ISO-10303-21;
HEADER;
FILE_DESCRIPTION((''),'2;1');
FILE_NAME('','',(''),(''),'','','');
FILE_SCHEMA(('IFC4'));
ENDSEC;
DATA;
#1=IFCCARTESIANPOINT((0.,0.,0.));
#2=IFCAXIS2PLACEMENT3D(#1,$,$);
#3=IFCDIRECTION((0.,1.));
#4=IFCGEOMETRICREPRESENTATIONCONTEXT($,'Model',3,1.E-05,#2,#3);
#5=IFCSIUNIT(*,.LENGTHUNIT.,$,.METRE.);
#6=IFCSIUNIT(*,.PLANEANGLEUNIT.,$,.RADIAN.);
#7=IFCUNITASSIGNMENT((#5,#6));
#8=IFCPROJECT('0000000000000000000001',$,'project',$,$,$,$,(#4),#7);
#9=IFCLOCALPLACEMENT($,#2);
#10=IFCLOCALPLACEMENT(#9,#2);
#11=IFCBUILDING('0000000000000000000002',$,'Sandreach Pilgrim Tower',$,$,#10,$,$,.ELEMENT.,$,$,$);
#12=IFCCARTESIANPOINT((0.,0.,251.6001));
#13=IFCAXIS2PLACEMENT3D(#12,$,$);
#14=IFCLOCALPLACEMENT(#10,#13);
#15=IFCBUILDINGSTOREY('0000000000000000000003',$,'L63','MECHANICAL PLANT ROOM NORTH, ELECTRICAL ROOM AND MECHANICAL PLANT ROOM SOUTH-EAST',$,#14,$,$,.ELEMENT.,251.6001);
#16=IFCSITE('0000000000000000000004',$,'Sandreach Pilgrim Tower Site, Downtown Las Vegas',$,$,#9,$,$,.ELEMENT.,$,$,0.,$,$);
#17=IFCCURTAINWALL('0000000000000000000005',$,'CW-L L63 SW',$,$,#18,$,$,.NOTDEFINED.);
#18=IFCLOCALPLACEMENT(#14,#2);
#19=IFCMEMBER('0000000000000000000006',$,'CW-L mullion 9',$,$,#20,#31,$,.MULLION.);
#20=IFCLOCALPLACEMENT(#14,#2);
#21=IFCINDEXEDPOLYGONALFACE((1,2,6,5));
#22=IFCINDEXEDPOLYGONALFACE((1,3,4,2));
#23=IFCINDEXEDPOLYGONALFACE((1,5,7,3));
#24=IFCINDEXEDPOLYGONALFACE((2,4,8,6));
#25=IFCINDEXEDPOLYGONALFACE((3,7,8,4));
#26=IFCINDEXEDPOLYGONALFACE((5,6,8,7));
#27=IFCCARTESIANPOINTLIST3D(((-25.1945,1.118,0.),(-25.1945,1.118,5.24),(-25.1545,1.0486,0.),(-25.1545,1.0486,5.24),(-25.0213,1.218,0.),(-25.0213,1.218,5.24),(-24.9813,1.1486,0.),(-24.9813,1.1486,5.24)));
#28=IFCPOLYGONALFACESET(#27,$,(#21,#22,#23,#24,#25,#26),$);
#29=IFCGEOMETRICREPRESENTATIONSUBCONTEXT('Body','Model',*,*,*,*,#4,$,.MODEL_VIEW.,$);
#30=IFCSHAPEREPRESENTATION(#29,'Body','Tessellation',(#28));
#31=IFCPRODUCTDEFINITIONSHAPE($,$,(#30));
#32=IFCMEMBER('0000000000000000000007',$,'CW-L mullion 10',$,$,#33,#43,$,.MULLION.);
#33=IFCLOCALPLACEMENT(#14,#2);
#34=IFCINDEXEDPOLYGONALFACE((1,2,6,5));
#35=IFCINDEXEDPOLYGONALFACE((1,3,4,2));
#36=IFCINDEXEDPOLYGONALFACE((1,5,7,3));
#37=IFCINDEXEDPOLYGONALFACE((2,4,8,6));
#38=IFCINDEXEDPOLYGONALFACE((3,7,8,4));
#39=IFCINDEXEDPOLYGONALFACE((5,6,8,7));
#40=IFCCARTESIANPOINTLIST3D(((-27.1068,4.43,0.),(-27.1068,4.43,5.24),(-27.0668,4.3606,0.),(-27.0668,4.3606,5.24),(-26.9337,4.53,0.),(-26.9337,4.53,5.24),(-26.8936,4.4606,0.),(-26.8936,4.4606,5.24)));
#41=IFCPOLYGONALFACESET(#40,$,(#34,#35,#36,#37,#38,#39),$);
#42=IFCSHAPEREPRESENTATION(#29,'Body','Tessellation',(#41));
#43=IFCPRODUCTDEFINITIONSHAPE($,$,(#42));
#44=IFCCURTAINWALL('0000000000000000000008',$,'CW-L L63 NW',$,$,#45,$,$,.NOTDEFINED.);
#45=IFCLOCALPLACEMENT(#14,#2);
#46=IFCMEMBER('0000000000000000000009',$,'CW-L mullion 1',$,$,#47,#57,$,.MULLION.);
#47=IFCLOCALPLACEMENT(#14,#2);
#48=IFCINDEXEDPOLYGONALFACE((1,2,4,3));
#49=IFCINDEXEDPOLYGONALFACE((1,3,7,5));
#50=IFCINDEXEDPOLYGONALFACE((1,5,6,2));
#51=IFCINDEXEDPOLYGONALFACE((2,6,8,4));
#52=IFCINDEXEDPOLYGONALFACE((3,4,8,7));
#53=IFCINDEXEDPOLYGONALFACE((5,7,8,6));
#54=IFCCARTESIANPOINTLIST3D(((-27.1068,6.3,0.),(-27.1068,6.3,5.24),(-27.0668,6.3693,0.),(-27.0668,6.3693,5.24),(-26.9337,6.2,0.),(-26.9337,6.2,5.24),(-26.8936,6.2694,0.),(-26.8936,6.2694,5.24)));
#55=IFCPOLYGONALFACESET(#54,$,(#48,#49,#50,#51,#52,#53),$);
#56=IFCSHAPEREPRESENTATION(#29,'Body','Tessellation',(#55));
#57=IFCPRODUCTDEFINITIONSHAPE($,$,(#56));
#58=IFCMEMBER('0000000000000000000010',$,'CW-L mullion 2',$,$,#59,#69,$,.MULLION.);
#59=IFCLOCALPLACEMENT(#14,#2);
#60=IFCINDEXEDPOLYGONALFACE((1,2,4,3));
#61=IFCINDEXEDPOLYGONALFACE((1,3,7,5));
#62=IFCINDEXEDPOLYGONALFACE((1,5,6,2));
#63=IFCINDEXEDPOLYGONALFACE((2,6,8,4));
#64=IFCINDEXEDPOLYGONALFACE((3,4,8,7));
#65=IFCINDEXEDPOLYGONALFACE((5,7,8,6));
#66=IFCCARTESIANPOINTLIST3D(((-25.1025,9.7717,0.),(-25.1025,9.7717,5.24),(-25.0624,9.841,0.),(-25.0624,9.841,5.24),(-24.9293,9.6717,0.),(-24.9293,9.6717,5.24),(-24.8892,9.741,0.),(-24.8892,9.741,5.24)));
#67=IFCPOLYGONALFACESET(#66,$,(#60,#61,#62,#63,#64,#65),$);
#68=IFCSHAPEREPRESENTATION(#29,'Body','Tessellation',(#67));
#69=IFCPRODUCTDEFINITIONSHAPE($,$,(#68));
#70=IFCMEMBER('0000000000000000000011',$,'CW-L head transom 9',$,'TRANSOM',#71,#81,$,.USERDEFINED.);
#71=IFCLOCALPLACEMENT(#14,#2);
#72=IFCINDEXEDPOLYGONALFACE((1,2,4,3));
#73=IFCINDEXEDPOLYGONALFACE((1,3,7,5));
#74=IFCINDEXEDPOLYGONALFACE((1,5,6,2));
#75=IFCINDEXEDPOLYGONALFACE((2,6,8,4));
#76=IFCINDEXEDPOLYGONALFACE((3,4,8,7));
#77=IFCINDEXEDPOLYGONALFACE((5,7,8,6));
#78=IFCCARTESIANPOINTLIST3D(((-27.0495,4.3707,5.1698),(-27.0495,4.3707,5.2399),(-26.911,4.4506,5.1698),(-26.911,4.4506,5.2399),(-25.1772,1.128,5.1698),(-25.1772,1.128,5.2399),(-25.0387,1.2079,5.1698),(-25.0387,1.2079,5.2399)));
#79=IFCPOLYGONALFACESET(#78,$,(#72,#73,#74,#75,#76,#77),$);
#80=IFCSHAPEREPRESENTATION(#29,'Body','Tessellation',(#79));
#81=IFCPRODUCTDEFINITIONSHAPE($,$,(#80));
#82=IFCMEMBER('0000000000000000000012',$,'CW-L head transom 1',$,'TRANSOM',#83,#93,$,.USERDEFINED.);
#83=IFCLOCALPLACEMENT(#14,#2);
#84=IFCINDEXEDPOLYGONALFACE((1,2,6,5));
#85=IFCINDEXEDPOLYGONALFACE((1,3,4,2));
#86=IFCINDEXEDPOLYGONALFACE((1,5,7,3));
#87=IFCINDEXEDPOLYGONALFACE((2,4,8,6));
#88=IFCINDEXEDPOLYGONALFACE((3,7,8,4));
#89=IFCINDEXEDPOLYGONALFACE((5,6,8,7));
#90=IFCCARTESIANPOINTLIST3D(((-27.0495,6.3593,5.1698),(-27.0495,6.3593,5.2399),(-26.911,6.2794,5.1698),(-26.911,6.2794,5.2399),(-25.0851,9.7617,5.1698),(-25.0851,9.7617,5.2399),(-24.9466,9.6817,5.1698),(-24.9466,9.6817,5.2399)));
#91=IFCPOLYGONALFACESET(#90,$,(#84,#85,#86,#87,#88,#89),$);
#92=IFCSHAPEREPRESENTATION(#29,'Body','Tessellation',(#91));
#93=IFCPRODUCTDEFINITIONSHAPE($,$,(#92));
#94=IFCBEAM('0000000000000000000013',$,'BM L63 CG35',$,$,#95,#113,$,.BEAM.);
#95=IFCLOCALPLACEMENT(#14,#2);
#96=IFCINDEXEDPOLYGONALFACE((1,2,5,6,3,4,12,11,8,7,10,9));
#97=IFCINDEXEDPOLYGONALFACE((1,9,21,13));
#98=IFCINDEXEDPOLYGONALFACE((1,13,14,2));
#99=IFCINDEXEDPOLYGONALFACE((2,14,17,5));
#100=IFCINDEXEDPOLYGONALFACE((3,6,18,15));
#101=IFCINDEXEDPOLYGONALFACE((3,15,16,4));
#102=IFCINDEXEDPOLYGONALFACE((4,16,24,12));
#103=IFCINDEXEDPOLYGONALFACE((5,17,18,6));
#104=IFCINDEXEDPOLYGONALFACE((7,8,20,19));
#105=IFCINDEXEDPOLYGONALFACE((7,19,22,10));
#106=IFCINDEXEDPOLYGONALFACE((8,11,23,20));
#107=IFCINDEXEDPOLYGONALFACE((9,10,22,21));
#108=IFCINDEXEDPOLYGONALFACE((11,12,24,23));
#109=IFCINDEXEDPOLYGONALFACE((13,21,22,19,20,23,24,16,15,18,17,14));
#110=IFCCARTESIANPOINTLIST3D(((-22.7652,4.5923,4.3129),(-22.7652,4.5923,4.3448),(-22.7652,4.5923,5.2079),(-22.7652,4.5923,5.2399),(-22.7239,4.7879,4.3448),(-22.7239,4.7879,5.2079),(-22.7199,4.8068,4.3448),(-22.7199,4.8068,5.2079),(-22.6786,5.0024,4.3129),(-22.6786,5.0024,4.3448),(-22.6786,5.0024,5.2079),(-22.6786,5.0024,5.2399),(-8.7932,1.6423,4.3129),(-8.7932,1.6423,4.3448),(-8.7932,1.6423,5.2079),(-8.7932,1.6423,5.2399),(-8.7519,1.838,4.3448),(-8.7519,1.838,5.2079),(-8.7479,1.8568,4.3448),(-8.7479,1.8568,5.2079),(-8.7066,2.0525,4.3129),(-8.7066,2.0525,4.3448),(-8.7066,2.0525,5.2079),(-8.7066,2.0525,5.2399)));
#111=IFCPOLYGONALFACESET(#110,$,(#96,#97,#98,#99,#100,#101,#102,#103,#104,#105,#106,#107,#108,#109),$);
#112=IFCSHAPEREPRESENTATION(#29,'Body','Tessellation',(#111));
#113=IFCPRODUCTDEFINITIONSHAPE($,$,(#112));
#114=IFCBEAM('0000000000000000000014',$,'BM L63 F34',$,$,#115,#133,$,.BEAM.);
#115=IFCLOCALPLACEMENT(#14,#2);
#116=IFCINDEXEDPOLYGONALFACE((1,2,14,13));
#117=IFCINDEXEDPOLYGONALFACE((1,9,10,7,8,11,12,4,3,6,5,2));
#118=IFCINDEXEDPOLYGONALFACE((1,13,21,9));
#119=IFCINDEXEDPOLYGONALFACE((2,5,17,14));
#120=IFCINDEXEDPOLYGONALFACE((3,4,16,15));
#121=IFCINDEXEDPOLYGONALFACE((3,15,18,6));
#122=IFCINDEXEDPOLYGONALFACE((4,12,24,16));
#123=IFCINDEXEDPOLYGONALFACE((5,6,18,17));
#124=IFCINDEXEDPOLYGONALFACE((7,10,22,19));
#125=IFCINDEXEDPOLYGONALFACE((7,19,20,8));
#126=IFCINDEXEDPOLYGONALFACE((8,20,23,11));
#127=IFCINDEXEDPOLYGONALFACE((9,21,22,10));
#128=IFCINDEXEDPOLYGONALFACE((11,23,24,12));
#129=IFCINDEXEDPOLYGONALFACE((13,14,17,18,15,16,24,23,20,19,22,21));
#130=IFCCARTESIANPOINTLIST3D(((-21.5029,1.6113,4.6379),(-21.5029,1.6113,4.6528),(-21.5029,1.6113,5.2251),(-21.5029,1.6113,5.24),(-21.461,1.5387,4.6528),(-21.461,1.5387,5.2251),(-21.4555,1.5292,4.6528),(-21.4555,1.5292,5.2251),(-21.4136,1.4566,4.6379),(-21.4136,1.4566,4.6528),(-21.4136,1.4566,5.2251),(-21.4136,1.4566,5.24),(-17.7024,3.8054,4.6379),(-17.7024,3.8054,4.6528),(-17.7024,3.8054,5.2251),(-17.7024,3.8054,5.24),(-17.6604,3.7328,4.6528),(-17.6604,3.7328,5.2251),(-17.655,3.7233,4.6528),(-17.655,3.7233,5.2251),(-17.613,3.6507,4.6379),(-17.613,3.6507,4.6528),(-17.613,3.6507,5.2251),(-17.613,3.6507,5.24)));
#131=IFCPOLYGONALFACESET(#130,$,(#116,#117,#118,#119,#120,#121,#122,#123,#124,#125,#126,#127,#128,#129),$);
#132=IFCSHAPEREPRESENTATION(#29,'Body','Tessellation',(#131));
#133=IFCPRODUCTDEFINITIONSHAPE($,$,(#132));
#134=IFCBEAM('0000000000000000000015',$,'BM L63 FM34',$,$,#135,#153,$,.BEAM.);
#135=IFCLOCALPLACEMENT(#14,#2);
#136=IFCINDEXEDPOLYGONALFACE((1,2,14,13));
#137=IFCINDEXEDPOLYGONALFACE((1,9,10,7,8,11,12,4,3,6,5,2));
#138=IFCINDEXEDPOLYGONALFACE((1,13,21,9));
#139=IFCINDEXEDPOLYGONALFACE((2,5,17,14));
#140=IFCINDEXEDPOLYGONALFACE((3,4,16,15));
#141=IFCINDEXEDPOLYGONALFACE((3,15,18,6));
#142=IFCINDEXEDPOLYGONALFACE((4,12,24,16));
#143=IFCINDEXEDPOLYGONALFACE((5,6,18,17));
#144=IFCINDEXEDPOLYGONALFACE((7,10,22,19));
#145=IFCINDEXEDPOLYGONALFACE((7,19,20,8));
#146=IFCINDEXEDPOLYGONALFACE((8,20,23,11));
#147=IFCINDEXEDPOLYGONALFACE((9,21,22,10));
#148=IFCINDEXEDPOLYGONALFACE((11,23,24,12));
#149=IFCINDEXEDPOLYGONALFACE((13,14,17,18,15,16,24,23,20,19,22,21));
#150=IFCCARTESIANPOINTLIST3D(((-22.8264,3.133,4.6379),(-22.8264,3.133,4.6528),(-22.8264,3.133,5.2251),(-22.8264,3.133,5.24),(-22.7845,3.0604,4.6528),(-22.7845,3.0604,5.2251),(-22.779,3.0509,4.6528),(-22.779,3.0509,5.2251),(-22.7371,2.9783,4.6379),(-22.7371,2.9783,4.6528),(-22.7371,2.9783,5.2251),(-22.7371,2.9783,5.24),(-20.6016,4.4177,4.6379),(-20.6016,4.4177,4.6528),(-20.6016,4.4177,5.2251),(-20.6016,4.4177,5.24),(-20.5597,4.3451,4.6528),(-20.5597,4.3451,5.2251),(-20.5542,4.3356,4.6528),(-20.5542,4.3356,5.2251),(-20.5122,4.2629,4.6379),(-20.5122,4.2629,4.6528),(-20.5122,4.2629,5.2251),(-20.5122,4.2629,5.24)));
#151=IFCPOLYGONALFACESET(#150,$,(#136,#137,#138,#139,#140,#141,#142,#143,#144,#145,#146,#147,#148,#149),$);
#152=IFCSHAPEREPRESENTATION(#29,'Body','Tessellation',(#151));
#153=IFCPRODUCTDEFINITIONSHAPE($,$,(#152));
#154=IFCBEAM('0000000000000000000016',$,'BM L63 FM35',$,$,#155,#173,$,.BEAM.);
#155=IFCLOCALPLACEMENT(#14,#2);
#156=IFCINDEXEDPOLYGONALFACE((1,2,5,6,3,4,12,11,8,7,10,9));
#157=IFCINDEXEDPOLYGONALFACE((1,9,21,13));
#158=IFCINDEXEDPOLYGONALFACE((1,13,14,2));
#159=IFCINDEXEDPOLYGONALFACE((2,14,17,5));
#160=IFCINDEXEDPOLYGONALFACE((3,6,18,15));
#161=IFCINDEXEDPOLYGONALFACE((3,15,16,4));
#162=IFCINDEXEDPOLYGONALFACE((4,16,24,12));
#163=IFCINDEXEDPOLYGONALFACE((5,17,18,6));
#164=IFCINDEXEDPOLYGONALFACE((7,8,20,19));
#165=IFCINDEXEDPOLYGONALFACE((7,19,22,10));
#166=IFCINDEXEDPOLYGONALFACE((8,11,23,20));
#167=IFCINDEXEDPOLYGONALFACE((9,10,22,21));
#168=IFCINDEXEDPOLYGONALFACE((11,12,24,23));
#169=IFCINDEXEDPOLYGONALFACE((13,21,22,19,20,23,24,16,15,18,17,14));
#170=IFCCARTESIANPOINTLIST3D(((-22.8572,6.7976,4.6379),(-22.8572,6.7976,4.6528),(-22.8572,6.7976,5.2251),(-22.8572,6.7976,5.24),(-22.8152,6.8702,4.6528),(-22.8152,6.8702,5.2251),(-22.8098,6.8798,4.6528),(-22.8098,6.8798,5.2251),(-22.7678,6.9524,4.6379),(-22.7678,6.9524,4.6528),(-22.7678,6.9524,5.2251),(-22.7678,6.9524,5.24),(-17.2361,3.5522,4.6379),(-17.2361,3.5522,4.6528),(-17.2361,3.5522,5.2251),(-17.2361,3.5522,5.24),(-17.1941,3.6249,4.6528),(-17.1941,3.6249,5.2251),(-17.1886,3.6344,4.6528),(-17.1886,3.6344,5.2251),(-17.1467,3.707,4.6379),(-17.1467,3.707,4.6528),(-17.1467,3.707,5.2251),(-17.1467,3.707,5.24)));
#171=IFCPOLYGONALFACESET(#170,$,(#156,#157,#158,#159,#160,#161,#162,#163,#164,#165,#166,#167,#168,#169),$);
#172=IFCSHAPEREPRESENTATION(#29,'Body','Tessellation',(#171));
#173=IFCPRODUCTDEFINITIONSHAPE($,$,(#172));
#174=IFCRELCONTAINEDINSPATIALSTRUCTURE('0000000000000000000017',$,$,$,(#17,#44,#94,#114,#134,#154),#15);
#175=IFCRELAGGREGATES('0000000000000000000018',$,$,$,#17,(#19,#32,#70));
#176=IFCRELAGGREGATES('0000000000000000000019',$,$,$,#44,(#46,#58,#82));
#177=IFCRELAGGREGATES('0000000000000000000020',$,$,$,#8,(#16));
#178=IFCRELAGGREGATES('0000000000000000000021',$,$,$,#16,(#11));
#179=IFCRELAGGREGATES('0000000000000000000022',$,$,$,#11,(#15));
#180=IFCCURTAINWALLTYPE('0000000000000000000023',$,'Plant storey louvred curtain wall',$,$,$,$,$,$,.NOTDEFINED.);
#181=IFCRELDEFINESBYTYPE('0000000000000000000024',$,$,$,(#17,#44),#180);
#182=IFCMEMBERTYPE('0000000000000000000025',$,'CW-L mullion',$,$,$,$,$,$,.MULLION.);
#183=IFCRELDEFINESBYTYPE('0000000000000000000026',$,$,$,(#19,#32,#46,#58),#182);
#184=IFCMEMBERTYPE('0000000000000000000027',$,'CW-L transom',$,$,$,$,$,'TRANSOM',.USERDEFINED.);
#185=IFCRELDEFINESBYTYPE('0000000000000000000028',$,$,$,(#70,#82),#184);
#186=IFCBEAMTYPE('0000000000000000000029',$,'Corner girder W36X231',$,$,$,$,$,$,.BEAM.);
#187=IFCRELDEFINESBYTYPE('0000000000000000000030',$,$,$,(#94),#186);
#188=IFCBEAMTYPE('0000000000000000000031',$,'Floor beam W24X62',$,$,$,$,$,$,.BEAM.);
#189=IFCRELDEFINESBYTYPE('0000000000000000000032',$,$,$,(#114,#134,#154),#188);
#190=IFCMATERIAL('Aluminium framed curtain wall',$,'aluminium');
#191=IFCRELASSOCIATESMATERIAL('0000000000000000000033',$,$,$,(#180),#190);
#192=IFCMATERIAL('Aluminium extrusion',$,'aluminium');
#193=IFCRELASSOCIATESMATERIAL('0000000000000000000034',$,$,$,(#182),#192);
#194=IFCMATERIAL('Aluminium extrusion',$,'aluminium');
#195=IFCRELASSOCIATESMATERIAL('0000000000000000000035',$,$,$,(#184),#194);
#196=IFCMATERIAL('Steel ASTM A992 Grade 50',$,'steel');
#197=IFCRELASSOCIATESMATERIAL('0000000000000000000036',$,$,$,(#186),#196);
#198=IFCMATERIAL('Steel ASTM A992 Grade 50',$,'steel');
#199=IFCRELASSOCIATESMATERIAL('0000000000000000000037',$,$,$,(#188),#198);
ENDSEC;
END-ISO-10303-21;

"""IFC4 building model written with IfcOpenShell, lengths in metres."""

from ifc_helpers import new_model, si_unit, direction, frame, origin, origin_2d, place, context, subcontext, project, spatial, rectangle, i_section, extrude, material, material_profile, profile_set, type_object, element, aggregate, save


model = new_model("IFC4")

# Units and contexts
model_context = context("Model", 3, precision=1e-05, world=origin(), true_north=direction((0.0, 1.0)))
body_context = subcontext(model_context, "Body", "Model", "MODEL_VIEW")
ifc_project = project(units=[si_unit("LENGTHUNIT", "METRE"), si_unit("PLANEANGLEUNIT", "RADIAN")], contexts=[model_context])

# Site, building, storey
site_placement = place(None, origin())
site = spatial("IfcSite", under=ifc_project, at=site_placement, Name="Sandreach Pilgrim Tower Site, Downtown Las Vegas", CompositionType="ELEMENT", RefElevation=0.0)
building_placement = place(site_placement, origin())
building = spatial("IfcBuilding", under=site, at=building_placement, Name="Sandreach Pilgrim Tower", CompositionType="ELEMENT")
storey_placement = place(building_placement, frame((0.0, 0.0, 251.6001)))
storey = spatial("IfcBuildingStorey", under=building, at=storey_placement, Name="L63", Description="MECHANICAL PLANT ROOM NORTH, ELECTRICAL ROOM AND MECHANICAL PLANT ROOM SOUTH-EAST", CompositionType="ELEMENT", Elevation=251.6001)

# Curtain walls, members
ifc_material_1 = material(Name="Aluminium framed curtain wall", Category="aluminium")
curtain_wall_type = type_object("IfcCurtainWallType", Name="Plant storey louvred curtain wall", PredefinedType="NOTDEFINED", material=ifc_material_1)
curtain_wall_1_placement = place(storey_placement, origin())
curtain_wall_1 = element("IfcCurtainWall", 1, at=curtain_wall_1_placement, inside=storey, type_object=curtain_wall_type, Name="CW-L L63 SW", PredefinedType="NOTDEFINED")
ifc_material_2 = material(Name="Aluminium extrusion", Category="aluminium")
ifc_material_profile_1 = material_profile(ifc_material_2, rectangle(XDim=0.0801, YDim=0.2, at=origin_2d()), Name="CW-LM 80X200")
ifc_profile_set_1 = profile_set([ifc_material_profile_1], Name="Aluminium extrusion")
member_type_1 = type_object("IfcMemberType", Name="CW-L mullion", PredefinedType="MULLION", material=ifc_profile_set_1)
member_1_placement = place(storey_placement, frame((-25.0879, 1.1333, 0.0), z_axis=(0.0, 0.0, 1.0), x_axis=(-0.5, 0.866025, 0.0)))
member_1 = element("IfcMember", 2, at=member_1_placement, type_object=member_type_1, Name="CW-L mullion 9", PredefinedType="MULLION", context=body_context, shape_type="SweptSolid", body=[
    extrude(rectangle(XDim=0.0801, YDim=0.2, at=origin_2d()), origin(), (0.0, 0.0, 1.0), 5.24),
])
member_2_placement = place(storey_placement, frame((-27.0002, 4.4453, 0.0), z_axis=(0.0, 0.0, 1.0), x_axis=(-0.5, 0.866025, 0.0)))
member_2 = element("IfcMember", 3, at=member_2_placement, type_object=member_type_1, Name="CW-L mullion 10", PredefinedType="MULLION", context=body_context, shape_type="SweptSolid", body=[
    extrude(rectangle(XDim=0.0801, YDim=0.2, at=origin_2d()), origin(), (0.0, 0.0, 1.0), 5.24),
])
curtain_wall_2_placement = place(storey_placement, origin())
curtain_wall_2 = element("IfcCurtainWall", 4, at=curtain_wall_2_placement, inside=storey, type_object=curtain_wall_type, Name="CW-L L63 NW", PredefinedType="NOTDEFINED")
member_3_placement = place(storey_placement, frame((-27.0002, 6.2847, 0.0), z_axis=(0.0, 0.0, 1.0), x_axis=(0.5, 0.866025, 0.0)))
member_3 = element("IfcMember", 5, at=member_3_placement, type_object=member_type_1, Name="CW-L mullion 1", PredefinedType="MULLION", context=body_context, shape_type="SweptSolid", body=[
    extrude(rectangle(XDim=0.0801, YDim=0.2, at=origin_2d()), origin(), (0.0, 0.0, 1.0), 5.24),
])
member_4_placement = place(storey_placement, frame((-24.9958, 9.7563, 0.0), z_axis=(0.0, 0.0, 1.0), x_axis=(0.5, 0.866025, 0.0)))
member_4 = element("IfcMember", 6, at=member_4_placement, type_object=member_type_1, Name="CW-L mullion 2", PredefinedType="MULLION", context=body_context, shape_type="SweptSolid", body=[
    extrude(rectangle(XDim=0.0801, YDim=0.2, at=origin_2d()), origin(), (0.0, 0.0, 1.0), 5.24),
])

# Members
ifc_material_3 = material(Name="Aluminium extrusion", Category="aluminium")
ifc_material_profile_2 = material_profile(ifc_material_3, rectangle(XDim=0.1599, YDim=0.0701, at=origin_2d()), Name="CW-LT 160X70")
ifc_profile_set_2 = profile_set([ifc_material_profile_2], Name="Aluminium extrusion")
member_type_2 = type_object("IfcMemberType", Name="CW-L transom", ElementType="TRANSOM", PredefinedType="USERDEFINED", material=ifc_profile_set_2)
member_5_placement = place(storey_placement, frame((-25.1079, 1.168, 5.2048), z_axis=(-0.500031, 0.866008, 0.0), x_axis=(-0.866008, -0.500031, 0.0)))
member_5 = element("IfcMember", 7, at=member_5_placement, type_object=member_type_2, Name="CW-L head transom 9", ObjectType="TRANSOM", PredefinedType="USERDEFINED", context=body_context, shape_type="SweptSolid", body=[
    extrude(rectangle(XDim=0.1599, YDim=0.0701, at=origin_2d()), origin(), (0.0, 0.0, 1.0), 3.7444),
])
member_6_placement = place(storey_placement, frame((-26.9802, 6.3193, 5.2048), z_axis=(0.500002, 0.866024, 0.0), x_axis=(-0.866024, 0.500002, 0.0)))
member_6 = element("IfcMember", 8, at=member_6_placement, type_object=member_type_2, Name="CW-L head transom 1", ObjectType="TRANSOM", PredefinedType="USERDEFINED", context=body_context, shape_type="SweptSolid", body=[
    extrude(rectangle(XDim=0.1599, YDim=0.0701, at=origin_2d()), origin(), (0.0, 0.0, 1.0), 3.9287),
])

# Beams
ifc_material_4 = material(Name="Steel ASTM A992 Grade 50", Category="steel")
ifc_material_profile_3 = material_profile(ifc_material_4, i_section(OverallWidth=0.4192, OverallDepth=0.927, WebThickness=0.0193, FlangeThickness=0.032, at=origin_2d()), Name="W36X231")
ifc_profile_set_3 = profile_set([ifc_material_profile_3], Name="Steel ASTM A992 Grade 50")
beam_type_1 = type_object("IfcBeamType", Name="Corner girder W36X231", PredefinedType="BEAM", material=ifc_profile_set_3)
beam_1_placement = place(storey_placement, frame((-22.7219, 4.7974, 4.7764), z_axis=(0.97843, -0.20658, 0.0), x_axis=(0.20658, 0.97843, 0.0)))
element("IfcBeam", 9, at=beam_1_placement, inside=storey, type_object=beam_type_1, Name="BM L63 CG35", PredefinedType="BEAM", context=body_context, shape_type="SweptSolid", body=[
    extrude(i_section(OverallWidth=0.4192, OverallDepth=0.927, WebThickness=0.0193, FlangeThickness=0.032, at=origin_2d()), origin(), (0.0, 0.0, 1.0), 14.28),
])
ifc_material_5 = material(Name="Steel ASTM A992 Grade 50", Category="steel")
ifc_material_profile_4 = material_profile(ifc_material_5, i_section(OverallWidth=0.1787, OverallDepth=0.6021, WebThickness=0.011, FlangeThickness=0.0149, at=origin_2d()), Name="W24X62")
ifc_profile_set_4 = profile_set([ifc_material_profile_4], Name="Steel ASTM A992 Grade 50")
beam_type_2 = type_object("IfcBeamType", Name="Floor beam W24X62", PredefinedType="BEAM", material=ifc_profile_set_4)
beam_2_placement = place(storey_placement, frame((-21.4583, 1.5339, 4.939), z_axis=(0.86604, 0.499974, 0.0), x_axis=(-0.499974, 0.86604, 0.0)))
element("IfcBeam", 10, at=beam_2_placement, inside=storey, type_object=beam_type_2, Name="BM L63 F34", PredefinedType="BEAM", context=body_context, shape_type="SweptSolid", body=[
    extrude(i_section(OverallWidth=0.1787, OverallDepth=0.6021, WebThickness=0.011, FlangeThickness=0.0149, at=origin_2d()), origin(), (0.0, 0.0, 1.0), 4.3884),
])
beam_3_placement = place(storey_placement, frame((-22.7817, 3.0557, 4.939), z_axis=(0.866, 0.500043, 0.0), x_axis=(-0.500043, 0.866, 0.0)))
element("IfcBeam", 11, at=beam_3_placement, inside=storey, type_object=beam_type_2, Name="BM L63 FM34", PredefinedType="BEAM", context=body_context, shape_type="SweptSolid", body=[
    extrude(i_section(OverallWidth=0.1787, OverallDepth=0.6021, WebThickness=0.011, FlangeThickness=0.0149, at=origin_2d()), origin(), (0.0, 0.0, 1.0), 2.5691),
])
beam_4_placement = place(storey_placement, frame((-22.8125, 6.875, 4.939), z_axis=(0.866024, -0.500002, 0.0), x_axis=(0.500002, 0.866024, 0.0)))
element("IfcBeam", 12, at=beam_4_placement, inside=storey, type_object=beam_type_2, Name="BM L63 FM35", PredefinedType="BEAM", context=body_context, shape_type="SweptSolid", body=[
    extrude(i_section(OverallWidth=0.1787, OverallDepth=0.6021, WebThickness=0.011, FlangeThickness=0.0149, at=origin_2d()), origin(), (0.0, 0.0, 1.0), 6.4907),
])

aggregate(curtain_wall_1, [member_1, member_2, member_5])
aggregate(curtain_wall_2, [member_3, member_4, member_6])

save(model, "model.ifc")
